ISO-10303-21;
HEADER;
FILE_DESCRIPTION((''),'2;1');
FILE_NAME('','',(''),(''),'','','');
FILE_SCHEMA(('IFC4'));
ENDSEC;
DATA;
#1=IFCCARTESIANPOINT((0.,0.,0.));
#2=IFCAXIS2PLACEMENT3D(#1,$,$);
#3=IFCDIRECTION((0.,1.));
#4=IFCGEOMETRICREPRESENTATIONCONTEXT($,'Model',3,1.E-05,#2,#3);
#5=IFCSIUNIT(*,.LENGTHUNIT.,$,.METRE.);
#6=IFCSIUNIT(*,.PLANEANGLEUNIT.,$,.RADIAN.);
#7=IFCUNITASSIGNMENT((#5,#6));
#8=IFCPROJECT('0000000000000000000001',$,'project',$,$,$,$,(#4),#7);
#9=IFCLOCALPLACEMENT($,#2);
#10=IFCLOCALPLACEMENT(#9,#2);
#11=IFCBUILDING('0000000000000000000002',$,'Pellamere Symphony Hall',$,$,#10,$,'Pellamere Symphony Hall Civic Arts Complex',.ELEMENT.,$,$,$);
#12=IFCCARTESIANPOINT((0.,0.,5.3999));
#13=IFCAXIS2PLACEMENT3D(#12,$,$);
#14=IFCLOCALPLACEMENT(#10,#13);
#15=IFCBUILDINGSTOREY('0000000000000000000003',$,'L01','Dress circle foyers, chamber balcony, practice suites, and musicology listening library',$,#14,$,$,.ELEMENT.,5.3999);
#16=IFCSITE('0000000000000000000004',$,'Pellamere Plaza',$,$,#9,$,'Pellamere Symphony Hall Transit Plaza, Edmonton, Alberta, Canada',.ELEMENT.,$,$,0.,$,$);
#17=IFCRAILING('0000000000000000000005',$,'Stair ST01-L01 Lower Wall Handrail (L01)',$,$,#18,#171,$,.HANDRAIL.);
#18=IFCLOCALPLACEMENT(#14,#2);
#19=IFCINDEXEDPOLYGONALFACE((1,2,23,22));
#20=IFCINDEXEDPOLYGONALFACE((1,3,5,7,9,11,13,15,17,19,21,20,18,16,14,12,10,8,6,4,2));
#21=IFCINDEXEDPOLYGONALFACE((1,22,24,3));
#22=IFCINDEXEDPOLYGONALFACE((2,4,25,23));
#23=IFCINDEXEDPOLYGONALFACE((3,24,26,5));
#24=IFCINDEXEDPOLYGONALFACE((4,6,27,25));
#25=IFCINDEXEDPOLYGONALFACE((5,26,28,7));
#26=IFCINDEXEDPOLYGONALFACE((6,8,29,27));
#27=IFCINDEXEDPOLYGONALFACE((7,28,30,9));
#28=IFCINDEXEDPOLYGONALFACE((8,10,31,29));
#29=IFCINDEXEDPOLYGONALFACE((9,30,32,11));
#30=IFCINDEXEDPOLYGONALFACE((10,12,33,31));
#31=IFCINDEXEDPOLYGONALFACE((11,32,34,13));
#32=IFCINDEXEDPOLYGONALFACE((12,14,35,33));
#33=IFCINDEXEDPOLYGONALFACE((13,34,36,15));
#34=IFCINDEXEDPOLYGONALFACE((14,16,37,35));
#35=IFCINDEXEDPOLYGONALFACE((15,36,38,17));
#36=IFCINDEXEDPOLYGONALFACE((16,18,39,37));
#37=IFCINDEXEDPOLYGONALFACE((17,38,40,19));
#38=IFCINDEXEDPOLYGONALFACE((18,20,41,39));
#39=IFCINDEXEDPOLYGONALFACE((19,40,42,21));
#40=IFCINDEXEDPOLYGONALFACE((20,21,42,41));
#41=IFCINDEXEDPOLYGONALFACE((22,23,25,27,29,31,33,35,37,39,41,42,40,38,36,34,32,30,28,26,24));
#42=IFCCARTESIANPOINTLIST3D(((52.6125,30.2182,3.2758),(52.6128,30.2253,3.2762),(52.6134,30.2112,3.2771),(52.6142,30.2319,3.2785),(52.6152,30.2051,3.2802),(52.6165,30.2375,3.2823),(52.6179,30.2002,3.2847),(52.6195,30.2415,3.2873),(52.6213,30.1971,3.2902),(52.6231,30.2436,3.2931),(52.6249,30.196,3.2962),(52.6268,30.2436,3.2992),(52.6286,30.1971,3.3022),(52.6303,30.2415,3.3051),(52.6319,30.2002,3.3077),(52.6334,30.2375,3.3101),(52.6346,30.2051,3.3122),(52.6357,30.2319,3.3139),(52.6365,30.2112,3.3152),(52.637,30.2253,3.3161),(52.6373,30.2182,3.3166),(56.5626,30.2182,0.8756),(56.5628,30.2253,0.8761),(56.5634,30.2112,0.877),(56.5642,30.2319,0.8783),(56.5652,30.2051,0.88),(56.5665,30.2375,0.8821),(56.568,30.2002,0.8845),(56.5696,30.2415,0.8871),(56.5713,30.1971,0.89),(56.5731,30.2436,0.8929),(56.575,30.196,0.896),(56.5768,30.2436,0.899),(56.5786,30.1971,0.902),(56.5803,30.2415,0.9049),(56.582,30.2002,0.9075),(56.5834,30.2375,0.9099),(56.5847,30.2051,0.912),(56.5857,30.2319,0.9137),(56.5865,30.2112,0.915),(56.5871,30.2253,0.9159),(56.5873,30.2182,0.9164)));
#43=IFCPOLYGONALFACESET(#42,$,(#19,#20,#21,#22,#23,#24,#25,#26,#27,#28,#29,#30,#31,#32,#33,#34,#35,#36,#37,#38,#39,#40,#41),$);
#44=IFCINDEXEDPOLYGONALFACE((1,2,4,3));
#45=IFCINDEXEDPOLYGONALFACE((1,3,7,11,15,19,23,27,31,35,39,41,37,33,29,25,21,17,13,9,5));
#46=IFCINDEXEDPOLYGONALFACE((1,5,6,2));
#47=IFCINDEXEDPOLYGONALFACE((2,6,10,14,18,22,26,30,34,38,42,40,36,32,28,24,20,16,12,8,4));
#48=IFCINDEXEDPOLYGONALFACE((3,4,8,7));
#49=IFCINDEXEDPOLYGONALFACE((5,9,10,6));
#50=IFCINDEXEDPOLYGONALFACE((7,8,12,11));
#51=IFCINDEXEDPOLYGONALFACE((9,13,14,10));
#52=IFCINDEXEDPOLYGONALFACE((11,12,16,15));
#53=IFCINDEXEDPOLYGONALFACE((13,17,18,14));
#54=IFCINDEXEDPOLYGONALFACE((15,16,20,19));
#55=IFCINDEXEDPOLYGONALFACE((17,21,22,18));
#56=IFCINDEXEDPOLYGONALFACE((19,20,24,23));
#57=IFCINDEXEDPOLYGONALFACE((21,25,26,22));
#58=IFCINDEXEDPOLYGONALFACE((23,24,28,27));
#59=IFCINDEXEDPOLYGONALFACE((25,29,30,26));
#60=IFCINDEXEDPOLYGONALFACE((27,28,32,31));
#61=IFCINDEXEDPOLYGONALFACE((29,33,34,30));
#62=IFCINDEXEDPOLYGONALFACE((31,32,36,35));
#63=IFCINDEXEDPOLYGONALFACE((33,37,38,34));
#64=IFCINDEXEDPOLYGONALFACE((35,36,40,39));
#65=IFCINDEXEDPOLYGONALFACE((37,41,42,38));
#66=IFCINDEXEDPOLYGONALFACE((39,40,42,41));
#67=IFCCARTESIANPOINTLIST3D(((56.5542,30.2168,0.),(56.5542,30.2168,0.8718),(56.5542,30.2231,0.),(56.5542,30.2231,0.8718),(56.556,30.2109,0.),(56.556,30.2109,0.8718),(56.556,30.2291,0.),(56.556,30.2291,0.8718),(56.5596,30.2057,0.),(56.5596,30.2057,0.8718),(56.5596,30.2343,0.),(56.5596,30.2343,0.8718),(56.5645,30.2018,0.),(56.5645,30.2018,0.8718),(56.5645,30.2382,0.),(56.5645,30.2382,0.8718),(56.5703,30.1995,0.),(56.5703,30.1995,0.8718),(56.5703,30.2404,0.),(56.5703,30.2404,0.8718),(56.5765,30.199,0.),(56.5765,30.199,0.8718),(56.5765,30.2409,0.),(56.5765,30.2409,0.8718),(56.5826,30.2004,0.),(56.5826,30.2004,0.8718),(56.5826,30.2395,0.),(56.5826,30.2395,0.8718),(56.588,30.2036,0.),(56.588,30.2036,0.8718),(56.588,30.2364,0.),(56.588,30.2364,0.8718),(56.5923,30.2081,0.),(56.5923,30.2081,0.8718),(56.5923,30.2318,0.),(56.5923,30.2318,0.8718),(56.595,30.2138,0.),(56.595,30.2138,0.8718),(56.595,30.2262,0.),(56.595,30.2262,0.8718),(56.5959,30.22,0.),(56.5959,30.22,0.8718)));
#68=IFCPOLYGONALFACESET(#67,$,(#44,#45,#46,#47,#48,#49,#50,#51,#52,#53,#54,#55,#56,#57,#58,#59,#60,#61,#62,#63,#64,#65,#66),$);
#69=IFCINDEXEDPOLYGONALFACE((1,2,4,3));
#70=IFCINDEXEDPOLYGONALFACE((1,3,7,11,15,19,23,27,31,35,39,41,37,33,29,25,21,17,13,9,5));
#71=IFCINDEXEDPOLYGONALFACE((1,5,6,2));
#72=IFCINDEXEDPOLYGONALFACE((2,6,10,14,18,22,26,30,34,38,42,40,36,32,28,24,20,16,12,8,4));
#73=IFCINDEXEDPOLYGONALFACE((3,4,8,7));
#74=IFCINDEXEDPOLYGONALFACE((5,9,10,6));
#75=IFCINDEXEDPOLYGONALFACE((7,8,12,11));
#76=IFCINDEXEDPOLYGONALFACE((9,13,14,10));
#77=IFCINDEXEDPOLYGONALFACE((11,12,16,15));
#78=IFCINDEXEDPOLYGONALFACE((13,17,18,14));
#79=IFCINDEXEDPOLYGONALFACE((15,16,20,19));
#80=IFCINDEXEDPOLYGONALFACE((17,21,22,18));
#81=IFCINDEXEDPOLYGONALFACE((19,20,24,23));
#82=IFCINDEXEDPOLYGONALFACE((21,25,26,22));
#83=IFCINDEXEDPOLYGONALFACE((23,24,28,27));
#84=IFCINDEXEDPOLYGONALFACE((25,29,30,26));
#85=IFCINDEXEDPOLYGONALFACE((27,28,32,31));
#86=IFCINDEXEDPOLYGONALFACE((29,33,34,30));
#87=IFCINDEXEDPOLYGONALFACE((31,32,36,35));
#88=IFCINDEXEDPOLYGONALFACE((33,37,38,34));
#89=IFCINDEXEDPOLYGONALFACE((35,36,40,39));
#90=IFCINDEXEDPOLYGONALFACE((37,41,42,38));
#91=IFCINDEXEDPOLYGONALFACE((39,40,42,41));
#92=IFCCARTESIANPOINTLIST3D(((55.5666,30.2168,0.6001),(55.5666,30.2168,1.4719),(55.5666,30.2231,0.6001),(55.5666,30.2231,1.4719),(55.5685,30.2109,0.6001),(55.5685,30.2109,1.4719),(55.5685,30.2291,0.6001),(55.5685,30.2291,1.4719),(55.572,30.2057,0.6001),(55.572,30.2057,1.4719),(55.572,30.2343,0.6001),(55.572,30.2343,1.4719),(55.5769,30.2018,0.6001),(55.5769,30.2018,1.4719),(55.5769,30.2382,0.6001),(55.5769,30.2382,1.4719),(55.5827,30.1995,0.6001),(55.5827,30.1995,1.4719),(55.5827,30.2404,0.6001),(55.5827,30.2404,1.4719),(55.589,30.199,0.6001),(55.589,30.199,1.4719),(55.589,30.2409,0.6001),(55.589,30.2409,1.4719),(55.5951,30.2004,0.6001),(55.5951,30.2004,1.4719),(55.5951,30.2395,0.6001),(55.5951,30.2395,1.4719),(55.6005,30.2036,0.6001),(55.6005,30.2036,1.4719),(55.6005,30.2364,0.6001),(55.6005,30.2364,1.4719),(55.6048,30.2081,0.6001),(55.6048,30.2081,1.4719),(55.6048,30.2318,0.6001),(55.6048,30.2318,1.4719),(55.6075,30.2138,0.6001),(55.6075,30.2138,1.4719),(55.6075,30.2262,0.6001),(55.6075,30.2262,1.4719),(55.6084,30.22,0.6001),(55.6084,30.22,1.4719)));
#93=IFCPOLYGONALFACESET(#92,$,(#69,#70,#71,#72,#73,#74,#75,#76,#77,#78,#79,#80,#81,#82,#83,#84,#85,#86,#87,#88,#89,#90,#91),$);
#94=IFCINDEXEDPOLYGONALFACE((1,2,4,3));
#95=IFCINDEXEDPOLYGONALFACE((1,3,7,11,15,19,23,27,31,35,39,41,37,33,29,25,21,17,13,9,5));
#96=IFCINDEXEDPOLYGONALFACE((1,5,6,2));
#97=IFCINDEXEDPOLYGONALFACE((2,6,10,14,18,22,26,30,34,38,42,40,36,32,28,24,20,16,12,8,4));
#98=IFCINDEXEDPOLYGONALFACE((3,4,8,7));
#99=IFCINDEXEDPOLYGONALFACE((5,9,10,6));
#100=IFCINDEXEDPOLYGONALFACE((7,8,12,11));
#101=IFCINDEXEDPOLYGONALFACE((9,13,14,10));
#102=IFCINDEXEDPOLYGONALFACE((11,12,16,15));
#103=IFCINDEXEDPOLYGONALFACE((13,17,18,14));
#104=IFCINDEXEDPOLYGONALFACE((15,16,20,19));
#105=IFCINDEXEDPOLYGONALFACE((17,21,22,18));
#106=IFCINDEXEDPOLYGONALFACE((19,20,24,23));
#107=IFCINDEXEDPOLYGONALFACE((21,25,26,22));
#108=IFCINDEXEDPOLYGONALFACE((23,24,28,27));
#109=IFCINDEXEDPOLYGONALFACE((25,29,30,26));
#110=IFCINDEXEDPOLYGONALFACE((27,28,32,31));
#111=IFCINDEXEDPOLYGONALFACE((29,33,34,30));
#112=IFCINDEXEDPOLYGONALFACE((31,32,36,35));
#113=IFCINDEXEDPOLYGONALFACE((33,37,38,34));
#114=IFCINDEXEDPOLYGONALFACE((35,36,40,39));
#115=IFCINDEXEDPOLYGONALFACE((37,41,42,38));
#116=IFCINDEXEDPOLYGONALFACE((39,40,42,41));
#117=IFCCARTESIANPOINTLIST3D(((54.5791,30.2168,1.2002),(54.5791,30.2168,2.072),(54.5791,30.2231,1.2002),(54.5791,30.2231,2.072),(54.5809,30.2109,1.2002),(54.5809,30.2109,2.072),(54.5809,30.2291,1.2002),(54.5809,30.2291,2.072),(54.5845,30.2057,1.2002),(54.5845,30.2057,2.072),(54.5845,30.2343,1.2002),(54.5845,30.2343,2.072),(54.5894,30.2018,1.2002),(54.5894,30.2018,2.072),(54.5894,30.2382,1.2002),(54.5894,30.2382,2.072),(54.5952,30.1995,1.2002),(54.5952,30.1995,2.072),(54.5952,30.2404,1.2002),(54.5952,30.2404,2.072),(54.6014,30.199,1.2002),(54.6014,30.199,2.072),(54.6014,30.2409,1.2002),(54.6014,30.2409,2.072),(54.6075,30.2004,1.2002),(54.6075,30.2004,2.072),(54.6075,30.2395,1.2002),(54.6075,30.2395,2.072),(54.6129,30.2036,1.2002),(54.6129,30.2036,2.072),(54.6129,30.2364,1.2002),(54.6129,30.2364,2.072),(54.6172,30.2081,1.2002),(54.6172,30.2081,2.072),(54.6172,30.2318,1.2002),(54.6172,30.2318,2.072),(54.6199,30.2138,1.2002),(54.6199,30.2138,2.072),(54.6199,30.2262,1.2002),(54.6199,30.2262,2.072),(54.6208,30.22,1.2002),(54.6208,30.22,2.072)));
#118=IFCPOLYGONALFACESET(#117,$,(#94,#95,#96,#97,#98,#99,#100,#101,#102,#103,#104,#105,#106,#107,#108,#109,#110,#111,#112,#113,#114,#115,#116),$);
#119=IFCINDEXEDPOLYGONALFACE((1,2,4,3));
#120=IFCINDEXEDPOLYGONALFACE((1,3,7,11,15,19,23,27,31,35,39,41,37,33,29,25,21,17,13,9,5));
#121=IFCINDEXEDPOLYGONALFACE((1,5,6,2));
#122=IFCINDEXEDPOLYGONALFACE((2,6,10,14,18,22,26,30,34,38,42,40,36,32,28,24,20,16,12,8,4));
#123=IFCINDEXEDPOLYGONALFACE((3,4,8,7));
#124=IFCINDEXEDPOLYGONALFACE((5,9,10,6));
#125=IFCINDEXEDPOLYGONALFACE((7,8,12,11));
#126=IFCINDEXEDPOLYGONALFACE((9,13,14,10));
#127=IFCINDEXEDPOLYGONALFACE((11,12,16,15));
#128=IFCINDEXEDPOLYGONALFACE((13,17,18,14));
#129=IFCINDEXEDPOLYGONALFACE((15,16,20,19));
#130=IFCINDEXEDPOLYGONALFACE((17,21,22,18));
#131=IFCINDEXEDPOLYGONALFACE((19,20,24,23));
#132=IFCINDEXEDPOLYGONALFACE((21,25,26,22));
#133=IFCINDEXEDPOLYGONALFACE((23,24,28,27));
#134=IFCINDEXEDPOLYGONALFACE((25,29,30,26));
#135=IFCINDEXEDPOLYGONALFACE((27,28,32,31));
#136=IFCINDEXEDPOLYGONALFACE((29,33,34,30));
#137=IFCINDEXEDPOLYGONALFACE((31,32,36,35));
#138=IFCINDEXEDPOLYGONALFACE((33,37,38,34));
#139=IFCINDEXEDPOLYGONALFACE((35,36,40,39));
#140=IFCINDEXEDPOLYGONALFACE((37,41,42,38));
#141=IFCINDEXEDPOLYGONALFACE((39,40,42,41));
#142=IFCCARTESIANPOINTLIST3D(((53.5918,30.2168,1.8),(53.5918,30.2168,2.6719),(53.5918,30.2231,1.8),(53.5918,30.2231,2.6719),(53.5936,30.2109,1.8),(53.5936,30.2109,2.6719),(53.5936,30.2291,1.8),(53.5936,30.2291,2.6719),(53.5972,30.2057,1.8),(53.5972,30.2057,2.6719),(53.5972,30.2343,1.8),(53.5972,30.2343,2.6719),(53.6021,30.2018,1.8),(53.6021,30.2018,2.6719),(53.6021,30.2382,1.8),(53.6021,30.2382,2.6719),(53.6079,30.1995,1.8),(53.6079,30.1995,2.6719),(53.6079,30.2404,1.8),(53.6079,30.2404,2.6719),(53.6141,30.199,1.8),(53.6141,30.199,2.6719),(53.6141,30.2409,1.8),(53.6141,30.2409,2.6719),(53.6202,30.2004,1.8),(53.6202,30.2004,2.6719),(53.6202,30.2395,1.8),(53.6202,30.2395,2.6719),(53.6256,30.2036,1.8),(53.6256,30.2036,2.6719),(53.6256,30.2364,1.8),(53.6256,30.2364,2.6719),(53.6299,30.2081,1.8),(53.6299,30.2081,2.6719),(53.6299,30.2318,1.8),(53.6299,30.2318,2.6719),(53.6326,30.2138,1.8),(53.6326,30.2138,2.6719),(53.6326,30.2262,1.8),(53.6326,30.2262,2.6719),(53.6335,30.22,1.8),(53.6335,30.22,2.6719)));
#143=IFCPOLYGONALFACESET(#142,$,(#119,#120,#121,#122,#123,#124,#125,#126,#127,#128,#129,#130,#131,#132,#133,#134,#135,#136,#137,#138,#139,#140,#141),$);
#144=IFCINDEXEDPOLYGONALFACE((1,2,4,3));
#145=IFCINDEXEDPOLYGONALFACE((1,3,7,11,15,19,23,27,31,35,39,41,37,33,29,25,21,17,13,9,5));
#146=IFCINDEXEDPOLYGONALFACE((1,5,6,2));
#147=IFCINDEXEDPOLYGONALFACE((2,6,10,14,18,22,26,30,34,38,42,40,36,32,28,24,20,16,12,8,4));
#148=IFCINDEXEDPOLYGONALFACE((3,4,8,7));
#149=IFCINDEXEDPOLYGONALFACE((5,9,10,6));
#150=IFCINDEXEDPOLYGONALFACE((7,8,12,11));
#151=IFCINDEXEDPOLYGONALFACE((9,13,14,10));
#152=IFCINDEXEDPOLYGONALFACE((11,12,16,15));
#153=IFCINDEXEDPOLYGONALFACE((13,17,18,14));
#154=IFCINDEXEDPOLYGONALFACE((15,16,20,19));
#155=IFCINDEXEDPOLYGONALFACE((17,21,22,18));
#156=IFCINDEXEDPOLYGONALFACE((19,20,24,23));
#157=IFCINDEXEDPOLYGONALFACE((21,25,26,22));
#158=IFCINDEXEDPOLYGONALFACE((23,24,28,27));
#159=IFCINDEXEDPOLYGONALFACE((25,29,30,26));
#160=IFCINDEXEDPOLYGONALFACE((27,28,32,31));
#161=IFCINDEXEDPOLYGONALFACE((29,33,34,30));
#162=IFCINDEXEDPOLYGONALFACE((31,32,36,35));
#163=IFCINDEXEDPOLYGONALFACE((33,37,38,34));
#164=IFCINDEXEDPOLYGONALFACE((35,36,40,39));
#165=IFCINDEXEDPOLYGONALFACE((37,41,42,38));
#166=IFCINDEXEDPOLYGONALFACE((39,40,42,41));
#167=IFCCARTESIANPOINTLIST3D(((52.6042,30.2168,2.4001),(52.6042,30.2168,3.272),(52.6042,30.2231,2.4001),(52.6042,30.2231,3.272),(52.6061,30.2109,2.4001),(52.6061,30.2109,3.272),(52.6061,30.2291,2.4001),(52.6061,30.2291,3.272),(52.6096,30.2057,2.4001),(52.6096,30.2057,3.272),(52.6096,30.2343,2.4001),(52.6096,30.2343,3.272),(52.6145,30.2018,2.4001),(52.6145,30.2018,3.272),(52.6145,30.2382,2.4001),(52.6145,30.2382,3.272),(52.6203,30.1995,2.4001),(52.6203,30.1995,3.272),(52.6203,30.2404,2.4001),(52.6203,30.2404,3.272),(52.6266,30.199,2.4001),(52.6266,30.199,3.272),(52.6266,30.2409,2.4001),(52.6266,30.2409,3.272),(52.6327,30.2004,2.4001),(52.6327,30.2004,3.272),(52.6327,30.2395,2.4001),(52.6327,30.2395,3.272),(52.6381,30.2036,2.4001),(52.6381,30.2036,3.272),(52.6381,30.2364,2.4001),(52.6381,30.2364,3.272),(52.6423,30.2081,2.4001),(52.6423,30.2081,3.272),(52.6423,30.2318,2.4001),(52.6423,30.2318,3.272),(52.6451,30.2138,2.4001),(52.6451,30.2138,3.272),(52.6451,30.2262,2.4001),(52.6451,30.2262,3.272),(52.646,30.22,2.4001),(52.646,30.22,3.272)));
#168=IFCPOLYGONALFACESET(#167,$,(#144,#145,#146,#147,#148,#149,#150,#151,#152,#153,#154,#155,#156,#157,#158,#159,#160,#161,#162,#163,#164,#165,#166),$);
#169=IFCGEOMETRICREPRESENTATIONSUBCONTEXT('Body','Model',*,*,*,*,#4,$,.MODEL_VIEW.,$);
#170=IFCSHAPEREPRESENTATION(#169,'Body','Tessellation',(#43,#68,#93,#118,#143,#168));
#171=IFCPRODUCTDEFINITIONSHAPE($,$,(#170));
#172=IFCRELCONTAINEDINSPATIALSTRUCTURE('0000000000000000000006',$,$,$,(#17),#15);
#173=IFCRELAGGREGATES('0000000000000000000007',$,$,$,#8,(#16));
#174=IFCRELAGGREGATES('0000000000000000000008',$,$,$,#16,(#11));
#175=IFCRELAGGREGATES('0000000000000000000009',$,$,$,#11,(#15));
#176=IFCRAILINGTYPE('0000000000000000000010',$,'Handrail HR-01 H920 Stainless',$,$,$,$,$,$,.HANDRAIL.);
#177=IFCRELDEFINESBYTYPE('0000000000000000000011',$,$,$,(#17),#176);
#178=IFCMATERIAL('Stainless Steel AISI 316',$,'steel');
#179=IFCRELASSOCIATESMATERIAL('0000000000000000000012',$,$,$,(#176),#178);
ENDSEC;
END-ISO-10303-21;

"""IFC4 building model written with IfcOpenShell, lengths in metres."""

from ifc_helpers import new_model, si_unit, direction, frame, origin, origin_2d, place, context, subcontext, project, spatial, circle, extrude, material, type_object, element, save


model = new_model("IFC4")

# Units and contexts
model_context = context("Model", 3, precision=1e-05, world=origin(), true_north=direction((0.0, 1.0)))
body_context = subcontext(model_context, "Body", "Model", "MODEL_VIEW")
ifc_project = project(units=[si_unit("LENGTHUNIT", "METRE"), si_unit("PLANEANGLEUNIT", "RADIAN")], contexts=[model_context])

# Site, building, storey
site_placement = place(None, origin())
site = spatial("IfcSite", under=ifc_project, at=site_placement, Name="Pellamere Plaza", LongName="Pellamere Symphony Hall Transit Plaza, Edmonton, Alberta, Canada", CompositionType="ELEMENT", RefElevation=0.0)
building_placement = place(site_placement, origin())
building = spatial("IfcBuilding", under=site, at=building_placement, Name="Pellamere Symphony Hall", LongName="Pellamere Symphony Hall Civic Arts Complex", CompositionType="ELEMENT")
storey_placement = place(building_placement, frame((0.0, 0.0, 5.3999)))
storey = spatial("IfcBuildingStorey", under=building, at=storey_placement, Name="L01", Description="Dress circle foyers, chamber balcony, practice suites, and musicology listening library", CompositionType="ELEMENT", Elevation=5.3999)

# Railing
ifc_material_1 = material(Name="Stainless Steel AISI 316", Category="steel")
railing_type_1 = type_object("IfcRailingType", Name="Handrail HR-01 H920 Stainless", PredefinedType="HANDRAIL", material=ifc_material_1)
railing_1_placement = place(storey_placement, frame((56.575, 30.22, 0.0)))
element("IfcRailing", 1, at=railing_1_placement, inside=storey, type_object=railing_type_1, Name="Stair ST01-L01 Lower Wall Handrail (L01)", PredefinedType="HANDRAIL", context=body_context, shape_type="SweptSolid", body=[
    extrude(circle(Radius=0.0239, at=origin_2d()), frame((0.0, 0.0, 0.896), z_axis=(-0.854599, 0.0, 0.519288), x_axis=(0.0, -1.0, 0.0)), (0.0, 0.0, 1.0), 4.6221),
    extrude(circle(Radius=0.021, at=origin_2d()), origin(), (0.0, 0.0, 1.0), 0.8718),
    extrude(circle(Radius=0.021, at=origin_2d()), frame((-0.9875, 0.0, 0.6001)), (0.0, 0.0, 1.0), 0.8718),
    extrude(circle(Radius=0.021, at=origin_2d()), frame((-1.9751, 0.0, 1.2002)), (0.0, 0.0, 1.0), 0.8718),
    extrude(circle(Radius=0.021, at=origin_2d()), frame((-2.9624, 0.0, 1.8)), (0.0, 0.0, 1.0), 0.8718),
    extrude(circle(Radius=0.021, at=origin_2d()), frame((-3.95, 0.0, 2.4001)), (0.0, 0.0, 1.0), 0.8718),
])

save(model, "model.ifc")
